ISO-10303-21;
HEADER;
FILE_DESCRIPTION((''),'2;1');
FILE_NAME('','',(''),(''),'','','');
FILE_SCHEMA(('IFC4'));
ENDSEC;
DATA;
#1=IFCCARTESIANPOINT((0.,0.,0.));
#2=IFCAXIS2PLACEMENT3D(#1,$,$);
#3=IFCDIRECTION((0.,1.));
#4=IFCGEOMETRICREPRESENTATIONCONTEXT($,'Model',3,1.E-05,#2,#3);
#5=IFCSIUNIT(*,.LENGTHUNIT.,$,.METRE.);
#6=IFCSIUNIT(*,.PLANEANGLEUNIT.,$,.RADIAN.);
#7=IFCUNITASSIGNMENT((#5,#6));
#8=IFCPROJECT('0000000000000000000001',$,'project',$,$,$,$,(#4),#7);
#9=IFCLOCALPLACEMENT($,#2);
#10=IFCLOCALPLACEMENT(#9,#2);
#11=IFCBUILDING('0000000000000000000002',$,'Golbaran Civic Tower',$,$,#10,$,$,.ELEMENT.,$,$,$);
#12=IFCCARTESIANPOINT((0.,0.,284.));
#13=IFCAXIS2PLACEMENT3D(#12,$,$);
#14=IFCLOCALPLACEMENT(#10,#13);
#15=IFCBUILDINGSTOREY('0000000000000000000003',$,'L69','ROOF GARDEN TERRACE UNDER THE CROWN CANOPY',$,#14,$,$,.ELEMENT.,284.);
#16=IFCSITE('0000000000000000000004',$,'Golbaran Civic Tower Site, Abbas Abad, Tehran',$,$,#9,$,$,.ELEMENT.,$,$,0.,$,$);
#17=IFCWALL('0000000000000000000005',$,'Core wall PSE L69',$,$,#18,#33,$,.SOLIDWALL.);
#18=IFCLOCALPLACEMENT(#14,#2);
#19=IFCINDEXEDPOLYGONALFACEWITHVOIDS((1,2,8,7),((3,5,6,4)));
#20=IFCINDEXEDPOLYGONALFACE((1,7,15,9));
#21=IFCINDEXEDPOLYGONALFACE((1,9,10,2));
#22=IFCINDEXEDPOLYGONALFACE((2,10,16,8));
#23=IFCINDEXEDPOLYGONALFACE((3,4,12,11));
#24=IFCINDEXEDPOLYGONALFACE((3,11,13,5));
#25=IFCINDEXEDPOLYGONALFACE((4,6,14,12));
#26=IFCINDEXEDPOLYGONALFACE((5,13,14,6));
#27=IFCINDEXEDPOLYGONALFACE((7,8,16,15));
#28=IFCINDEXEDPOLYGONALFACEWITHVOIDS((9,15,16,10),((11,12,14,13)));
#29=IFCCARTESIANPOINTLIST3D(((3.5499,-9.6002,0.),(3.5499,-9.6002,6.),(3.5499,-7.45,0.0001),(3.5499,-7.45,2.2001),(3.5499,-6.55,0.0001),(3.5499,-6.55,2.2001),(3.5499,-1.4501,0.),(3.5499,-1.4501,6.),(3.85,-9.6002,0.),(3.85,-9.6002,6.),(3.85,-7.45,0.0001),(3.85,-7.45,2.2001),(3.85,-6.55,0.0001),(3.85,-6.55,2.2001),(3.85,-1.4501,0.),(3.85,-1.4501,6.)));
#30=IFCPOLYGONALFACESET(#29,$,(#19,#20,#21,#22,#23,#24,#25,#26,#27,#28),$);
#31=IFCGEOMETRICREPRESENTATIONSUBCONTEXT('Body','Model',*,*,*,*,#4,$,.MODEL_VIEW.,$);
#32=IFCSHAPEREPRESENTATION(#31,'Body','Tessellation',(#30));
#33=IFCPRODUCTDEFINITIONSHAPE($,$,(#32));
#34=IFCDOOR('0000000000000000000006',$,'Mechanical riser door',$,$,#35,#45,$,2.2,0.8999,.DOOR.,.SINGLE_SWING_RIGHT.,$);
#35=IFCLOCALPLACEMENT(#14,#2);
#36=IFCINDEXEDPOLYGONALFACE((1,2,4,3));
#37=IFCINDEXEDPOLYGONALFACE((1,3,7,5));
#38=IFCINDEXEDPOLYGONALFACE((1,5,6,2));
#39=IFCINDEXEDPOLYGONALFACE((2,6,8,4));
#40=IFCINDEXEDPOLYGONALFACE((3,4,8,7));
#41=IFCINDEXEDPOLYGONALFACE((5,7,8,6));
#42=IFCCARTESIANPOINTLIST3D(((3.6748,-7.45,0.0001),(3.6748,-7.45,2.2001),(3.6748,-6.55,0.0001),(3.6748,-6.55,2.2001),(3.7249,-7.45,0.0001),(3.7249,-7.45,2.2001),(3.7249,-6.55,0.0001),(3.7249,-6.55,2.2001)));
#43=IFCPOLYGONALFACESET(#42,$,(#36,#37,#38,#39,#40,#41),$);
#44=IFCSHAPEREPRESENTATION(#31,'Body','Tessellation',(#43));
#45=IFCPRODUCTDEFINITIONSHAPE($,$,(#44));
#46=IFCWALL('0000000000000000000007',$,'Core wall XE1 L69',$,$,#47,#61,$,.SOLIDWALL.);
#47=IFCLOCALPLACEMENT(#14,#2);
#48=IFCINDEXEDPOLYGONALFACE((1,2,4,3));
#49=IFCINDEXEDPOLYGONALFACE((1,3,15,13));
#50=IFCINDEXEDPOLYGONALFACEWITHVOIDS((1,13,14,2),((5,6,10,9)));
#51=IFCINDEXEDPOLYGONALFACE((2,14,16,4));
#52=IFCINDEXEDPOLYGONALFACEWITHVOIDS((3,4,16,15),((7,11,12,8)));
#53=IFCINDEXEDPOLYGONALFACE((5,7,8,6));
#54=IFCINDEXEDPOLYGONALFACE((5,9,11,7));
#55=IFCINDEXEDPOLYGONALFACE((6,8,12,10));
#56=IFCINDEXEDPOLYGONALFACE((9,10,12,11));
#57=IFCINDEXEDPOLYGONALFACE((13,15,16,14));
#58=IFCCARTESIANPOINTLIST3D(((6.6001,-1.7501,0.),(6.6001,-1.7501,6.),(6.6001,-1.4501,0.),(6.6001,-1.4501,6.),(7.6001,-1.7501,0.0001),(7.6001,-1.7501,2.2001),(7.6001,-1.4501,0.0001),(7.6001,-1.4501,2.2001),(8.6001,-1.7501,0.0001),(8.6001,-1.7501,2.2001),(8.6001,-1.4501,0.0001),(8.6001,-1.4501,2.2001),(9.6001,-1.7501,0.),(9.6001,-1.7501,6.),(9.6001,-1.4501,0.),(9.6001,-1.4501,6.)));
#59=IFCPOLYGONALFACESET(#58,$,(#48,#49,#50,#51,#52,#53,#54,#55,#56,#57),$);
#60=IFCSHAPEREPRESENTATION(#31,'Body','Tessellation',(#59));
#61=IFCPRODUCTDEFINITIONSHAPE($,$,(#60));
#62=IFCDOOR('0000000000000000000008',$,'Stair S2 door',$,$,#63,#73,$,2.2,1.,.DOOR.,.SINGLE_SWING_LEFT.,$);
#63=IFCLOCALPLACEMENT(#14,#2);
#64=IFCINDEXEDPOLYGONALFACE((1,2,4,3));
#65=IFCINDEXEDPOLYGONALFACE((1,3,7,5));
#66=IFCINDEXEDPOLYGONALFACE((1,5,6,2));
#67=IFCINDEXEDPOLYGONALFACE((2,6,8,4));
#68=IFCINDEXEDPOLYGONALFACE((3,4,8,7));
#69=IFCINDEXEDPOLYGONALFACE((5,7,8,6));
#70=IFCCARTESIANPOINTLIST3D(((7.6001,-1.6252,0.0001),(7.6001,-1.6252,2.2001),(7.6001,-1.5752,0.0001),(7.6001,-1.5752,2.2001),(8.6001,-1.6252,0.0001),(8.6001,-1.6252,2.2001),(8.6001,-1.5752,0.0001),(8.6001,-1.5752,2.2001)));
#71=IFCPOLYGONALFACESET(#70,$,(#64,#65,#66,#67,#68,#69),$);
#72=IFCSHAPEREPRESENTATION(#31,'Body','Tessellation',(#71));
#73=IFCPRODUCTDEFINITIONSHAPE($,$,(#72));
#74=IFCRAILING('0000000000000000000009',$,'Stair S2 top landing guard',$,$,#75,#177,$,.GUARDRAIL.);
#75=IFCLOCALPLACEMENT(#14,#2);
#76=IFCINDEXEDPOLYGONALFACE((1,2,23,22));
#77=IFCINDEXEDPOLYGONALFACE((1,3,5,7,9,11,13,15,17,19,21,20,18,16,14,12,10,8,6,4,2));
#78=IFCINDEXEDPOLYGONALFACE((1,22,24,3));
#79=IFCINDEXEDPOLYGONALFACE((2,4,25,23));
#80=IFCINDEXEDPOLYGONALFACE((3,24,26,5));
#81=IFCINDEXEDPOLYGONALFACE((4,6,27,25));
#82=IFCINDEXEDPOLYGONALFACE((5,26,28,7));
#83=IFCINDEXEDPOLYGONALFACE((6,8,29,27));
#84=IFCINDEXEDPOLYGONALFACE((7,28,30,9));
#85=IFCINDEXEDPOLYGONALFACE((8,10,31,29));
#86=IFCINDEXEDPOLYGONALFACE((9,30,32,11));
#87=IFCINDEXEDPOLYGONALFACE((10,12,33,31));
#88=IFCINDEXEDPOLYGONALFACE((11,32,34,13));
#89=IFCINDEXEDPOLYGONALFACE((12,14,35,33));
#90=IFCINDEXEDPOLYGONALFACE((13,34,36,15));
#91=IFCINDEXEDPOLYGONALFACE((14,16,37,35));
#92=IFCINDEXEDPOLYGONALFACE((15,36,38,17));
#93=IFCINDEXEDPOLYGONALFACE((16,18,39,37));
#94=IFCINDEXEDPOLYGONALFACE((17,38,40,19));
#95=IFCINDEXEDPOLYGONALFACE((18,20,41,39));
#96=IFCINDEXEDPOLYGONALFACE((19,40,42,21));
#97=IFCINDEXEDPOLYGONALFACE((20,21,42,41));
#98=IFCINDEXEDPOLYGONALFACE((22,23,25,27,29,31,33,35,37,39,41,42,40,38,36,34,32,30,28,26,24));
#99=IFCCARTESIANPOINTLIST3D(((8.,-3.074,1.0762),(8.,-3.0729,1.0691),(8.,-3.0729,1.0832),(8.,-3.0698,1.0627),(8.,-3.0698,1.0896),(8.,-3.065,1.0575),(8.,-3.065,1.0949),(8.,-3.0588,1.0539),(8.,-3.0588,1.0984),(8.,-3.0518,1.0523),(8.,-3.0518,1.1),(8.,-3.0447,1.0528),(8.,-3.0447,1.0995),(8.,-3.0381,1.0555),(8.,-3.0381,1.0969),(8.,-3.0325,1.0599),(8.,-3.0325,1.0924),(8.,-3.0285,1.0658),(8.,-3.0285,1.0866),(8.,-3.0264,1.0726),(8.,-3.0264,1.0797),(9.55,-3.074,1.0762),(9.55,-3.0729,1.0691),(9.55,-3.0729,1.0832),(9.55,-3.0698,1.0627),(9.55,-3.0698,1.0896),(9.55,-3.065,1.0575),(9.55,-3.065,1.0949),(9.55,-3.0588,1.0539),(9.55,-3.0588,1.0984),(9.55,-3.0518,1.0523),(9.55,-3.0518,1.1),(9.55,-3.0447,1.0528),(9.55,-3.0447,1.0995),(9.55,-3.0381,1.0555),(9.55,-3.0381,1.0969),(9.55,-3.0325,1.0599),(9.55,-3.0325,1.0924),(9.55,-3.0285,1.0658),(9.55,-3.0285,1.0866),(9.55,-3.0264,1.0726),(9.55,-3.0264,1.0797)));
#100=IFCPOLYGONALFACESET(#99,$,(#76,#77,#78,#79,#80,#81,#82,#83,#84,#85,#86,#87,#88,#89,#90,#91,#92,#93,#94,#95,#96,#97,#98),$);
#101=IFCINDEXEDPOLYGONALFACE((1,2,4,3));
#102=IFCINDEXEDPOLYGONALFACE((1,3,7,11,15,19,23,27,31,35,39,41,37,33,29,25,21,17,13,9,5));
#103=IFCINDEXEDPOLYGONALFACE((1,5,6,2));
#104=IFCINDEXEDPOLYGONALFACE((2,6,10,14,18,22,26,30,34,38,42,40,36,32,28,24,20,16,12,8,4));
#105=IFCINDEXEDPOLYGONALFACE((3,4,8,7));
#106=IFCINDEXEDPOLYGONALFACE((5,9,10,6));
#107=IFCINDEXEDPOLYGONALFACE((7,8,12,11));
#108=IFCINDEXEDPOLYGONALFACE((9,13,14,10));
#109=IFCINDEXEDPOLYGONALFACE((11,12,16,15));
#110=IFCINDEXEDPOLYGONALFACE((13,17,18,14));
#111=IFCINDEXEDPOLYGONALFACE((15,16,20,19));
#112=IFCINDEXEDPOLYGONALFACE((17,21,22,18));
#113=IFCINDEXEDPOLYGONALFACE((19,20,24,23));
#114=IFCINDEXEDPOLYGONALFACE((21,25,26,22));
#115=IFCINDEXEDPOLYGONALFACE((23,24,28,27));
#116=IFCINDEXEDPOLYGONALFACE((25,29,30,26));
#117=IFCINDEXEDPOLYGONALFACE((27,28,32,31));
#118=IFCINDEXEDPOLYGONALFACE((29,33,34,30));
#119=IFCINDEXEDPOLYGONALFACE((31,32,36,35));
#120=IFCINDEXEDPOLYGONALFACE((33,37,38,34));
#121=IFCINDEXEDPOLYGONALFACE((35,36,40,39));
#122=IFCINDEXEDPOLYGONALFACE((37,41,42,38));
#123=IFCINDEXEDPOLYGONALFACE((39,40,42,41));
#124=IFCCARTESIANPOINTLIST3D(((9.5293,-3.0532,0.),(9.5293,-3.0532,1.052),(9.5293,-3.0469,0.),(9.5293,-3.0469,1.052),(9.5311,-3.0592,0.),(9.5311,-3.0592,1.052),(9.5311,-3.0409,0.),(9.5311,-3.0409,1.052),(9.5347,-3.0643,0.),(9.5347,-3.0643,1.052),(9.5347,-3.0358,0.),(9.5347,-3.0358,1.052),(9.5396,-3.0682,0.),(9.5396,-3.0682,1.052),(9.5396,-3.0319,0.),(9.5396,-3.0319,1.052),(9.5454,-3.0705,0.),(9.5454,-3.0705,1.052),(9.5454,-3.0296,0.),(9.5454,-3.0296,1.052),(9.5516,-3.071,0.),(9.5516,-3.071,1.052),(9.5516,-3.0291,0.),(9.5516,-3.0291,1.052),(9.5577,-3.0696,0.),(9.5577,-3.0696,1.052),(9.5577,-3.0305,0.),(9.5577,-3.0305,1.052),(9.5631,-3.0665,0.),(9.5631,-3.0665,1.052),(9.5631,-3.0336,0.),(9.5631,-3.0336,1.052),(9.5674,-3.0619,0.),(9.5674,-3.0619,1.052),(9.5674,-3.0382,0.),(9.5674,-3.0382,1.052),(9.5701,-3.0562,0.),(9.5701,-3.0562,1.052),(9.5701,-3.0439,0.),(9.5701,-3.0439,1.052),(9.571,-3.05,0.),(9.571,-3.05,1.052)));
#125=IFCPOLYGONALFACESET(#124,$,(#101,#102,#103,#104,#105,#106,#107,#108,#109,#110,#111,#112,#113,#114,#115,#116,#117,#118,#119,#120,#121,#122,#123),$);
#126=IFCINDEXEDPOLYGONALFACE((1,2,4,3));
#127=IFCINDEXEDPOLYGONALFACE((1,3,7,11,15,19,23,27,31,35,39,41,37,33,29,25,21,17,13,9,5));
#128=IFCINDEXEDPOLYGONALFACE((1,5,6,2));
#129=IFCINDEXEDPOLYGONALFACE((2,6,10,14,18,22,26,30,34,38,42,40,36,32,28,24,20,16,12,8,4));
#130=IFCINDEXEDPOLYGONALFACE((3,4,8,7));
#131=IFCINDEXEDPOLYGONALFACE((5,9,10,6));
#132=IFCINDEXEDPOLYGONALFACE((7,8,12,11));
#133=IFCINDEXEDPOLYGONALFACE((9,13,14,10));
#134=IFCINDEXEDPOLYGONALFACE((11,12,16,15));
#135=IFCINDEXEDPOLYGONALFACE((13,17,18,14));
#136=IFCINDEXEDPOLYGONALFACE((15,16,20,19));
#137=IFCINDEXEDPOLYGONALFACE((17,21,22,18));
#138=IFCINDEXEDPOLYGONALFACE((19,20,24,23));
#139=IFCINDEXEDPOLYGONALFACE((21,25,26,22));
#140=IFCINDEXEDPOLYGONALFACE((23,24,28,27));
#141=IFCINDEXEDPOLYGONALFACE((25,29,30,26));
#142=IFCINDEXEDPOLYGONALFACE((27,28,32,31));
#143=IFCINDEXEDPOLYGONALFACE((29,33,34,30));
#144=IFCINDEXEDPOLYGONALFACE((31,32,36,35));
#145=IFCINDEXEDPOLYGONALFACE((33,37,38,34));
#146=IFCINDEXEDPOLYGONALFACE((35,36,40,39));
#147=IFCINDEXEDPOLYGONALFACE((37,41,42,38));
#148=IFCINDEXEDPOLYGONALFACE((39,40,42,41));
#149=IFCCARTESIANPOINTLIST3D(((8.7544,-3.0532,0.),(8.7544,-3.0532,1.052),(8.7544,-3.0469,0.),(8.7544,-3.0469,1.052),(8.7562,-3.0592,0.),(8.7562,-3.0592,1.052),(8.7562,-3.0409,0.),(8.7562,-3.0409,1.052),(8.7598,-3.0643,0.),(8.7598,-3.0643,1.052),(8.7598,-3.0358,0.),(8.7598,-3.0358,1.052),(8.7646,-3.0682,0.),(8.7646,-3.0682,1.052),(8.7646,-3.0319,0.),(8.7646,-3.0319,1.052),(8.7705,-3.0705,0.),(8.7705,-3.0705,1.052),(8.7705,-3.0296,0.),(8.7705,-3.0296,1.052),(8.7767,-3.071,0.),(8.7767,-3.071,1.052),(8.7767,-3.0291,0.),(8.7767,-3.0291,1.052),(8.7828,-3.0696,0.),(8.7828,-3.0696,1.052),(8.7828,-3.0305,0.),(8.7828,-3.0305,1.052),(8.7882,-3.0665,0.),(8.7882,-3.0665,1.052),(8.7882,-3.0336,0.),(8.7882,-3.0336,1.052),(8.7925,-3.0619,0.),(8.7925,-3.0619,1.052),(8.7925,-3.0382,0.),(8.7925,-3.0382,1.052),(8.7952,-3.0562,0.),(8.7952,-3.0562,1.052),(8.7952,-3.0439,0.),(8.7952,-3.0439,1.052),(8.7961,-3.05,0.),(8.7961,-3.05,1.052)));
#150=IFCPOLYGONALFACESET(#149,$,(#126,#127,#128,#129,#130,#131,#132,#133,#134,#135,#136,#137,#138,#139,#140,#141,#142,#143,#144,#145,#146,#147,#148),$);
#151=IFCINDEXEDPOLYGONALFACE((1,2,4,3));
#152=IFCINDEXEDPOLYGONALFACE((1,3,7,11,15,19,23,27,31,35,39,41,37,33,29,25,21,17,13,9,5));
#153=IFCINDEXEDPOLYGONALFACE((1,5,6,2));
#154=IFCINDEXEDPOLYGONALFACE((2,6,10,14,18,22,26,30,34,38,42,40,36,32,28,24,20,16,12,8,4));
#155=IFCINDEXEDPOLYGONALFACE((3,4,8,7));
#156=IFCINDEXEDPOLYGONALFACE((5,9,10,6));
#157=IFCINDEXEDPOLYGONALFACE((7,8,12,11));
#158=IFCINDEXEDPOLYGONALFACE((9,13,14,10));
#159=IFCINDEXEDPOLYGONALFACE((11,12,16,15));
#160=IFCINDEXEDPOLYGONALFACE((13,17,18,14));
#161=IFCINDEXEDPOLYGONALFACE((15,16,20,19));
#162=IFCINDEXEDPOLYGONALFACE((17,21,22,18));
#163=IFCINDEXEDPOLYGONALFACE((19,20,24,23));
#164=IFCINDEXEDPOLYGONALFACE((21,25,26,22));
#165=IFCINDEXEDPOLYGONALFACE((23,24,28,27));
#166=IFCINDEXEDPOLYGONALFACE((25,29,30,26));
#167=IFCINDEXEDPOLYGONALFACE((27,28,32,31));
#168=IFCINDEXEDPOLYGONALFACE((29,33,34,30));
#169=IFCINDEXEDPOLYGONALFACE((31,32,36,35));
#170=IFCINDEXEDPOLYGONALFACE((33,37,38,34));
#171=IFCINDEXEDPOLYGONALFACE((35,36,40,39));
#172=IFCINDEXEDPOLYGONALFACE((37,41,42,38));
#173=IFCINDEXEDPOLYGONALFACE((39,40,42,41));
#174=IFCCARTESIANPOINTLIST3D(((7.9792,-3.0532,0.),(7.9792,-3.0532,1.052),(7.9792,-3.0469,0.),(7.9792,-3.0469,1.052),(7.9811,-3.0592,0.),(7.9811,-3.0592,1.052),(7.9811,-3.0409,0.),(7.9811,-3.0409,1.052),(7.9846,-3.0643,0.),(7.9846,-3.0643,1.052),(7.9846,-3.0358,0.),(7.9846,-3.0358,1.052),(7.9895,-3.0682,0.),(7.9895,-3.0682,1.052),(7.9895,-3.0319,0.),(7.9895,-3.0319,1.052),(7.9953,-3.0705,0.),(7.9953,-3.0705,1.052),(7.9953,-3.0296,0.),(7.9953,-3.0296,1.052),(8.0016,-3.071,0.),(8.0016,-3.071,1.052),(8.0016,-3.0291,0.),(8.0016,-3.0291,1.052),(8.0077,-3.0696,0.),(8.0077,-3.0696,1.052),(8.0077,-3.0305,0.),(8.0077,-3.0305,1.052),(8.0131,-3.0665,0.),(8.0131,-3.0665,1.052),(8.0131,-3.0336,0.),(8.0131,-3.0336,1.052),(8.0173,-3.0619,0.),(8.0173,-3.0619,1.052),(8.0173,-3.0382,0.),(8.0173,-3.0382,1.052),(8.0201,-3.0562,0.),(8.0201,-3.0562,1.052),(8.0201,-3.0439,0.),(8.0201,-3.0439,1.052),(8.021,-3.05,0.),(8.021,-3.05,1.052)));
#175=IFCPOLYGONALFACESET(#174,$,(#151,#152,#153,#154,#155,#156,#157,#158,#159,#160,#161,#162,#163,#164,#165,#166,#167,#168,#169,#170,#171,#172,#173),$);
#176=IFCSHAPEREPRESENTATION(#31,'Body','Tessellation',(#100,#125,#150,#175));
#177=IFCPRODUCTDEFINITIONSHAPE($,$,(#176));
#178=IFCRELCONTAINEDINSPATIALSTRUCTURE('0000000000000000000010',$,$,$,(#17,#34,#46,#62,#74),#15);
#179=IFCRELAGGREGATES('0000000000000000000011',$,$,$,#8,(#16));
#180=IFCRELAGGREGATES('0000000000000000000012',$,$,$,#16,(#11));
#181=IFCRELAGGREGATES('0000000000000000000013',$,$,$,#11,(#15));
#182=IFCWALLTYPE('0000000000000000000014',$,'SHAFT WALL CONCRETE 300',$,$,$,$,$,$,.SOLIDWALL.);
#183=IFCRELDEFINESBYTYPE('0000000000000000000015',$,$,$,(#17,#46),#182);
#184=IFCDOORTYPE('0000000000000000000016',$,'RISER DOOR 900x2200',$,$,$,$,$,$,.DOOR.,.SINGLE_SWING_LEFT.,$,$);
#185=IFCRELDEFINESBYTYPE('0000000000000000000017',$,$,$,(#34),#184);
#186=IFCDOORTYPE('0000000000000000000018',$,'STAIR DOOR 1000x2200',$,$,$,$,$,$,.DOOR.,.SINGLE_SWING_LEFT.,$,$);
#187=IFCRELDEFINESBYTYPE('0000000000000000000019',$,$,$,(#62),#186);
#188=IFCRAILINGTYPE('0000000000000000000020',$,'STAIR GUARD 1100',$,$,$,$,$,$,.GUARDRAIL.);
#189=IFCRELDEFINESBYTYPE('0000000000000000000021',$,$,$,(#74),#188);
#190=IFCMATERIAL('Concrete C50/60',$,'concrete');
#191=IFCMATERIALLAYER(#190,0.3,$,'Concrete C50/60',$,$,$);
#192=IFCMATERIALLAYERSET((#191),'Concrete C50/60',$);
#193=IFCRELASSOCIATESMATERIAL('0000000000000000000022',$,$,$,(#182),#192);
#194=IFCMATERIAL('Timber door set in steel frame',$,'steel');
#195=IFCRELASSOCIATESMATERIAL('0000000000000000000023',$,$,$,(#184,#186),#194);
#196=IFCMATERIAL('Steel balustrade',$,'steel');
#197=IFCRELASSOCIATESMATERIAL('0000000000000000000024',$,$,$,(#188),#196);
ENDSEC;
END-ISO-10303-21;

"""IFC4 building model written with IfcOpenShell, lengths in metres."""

from ifc_helpers import new_model, si_unit, direction, frame, frame_2d, origin, origin_2d, place, context, subcontext, project, spatial, rectangle, circle, extrude, material, layer, layer_set, type_object, element, fill, save


model = new_model("IFC4")

# Units and contexts
model_context = context("Model", 3, precision=1e-05, world=origin(), true_north=direction((0.0, 1.0)))
body_context = subcontext(model_context, "Body", "Model", "MODEL_VIEW")
ifc_project = project(units=[si_unit("LENGTHUNIT", "METRE"), si_unit("PLANEANGLEUNIT", "RADIAN")], contexts=[model_context])

# Site, building, storey
site_placement = place(None, origin())
site = spatial("IfcSite", under=ifc_project, at=site_placement, Name="Golbaran Civic Tower Site, Abbas Abad, Tehran", CompositionType="ELEMENT", RefElevation=0.0)
building_placement = place(site_placement, origin())
building = spatial("IfcBuilding", under=site, at=building_placement, Name="Golbaran Civic Tower", CompositionType="ELEMENT")
storey_placement = place(building_placement, frame((0.0, 0.0, 284.0)))
storey = spatial("IfcBuildingStorey", under=building, at=storey_placement, Name="L69", Description="ROOF GARDEN TERRACE UNDER THE CROWN CANOPY", CompositionType="ELEMENT", Elevation=284.0)

# Shared definitions
ifc_material_1 = material(Name="Concrete C50/60", Category="concrete")
ifc_material_2 = material(Name="Timber door set in steel frame", Category="steel")

# Shared definitions
ifc_layer_1 = layer(ifc_material_1, 0.3, Name="Concrete C50/60")
ifc_layer_set_1 = layer_set([ifc_layer_1], Name="Concrete C50/60")
wall_type_1 = type_object("IfcWallType", Name="SHAFT WALL CONCRETE 300", PredefinedType="SOLIDWALL", material=ifc_layer_set_1)

# Shared definitions
door_type_1 = type_object("IfcDoorType", Name="RISER DOOR 900x2200", OperationType="SINGLE_SWING_LEFT", PredefinedType="DOOR", material=ifc_material_2)
door_type_2 = type_object("IfcDoorType", Name="STAIR DOOR 1000x2200", OperationType="SINGLE_SWING_LEFT", PredefinedType="DOOR", material=ifc_material_2)

# Walls, openings, doors
wall_1_placement = place(storey_placement, frame((3.7, -1.45, 0.0), z_axis=(0.0, 0.0, 1.0), x_axis=(0.0, -1.0, 0.0)))
wall_1 = element("IfcWall", 1, at=wall_1_placement, inside=storey, type_object=wall_type_1, Name="Core wall PSE L69", PredefinedType="SOLIDWALL", context=body_context, shape_type="SweptSolid", body=[
    extrude(rectangle(XDim=8.1501, YDim=0.3, at=frame_2d((4.0752, 0.0))), origin(), (0.0, 0.0, 1.0), 6.0),
])
opening_1_placement = place(wall_1_placement, frame((5.1001, 0.0, 0.0)))
opening_1 = element("IfcOpeningElement", 2, at=opening_1_placement, cuts=wall_1, PredefinedType="OPENING", context=body_context, shape_type="SweptSolid", body=[
    extrude(rectangle(XDim=0.8999, YDim=2.2, at=frame_2d((0.45, 1.1001))), frame((0.0, 0.1599, 0.0), z_axis=(0.0, -1.0, 0.0), x_axis=(1.0, 0.0, 0.0)), (0.0, 0.0, 1.0), 0.3201),
])
door_1_placement = place(opening_1_placement, origin())
door_1 = element("IfcDoor", 3, at=door_1_placement, inside=storey, type_object=door_type_1, Name="Mechanical riser door", OperationType="SINGLE_SWING_RIGHT", OverallHeight=2.2, OverallWidth=0.8999, PredefinedType="DOOR", context=body_context, shape_type="SweptSolid", body=[
    extrude(rectangle(XDim=0.8999, YDim=2.2, at=frame_2d((0.45, 1.1001))), frame((0.0, 0.0249, 0.0), z_axis=(0.0, -1.0, 0.0), x_axis=(1.0, 0.0, 0.0)), (0.0, 0.0, 1.0), 0.05),
])
fill(opening_1, door_1)
wall_2_placement = place(storey_placement, frame((6.6001, -1.6001, 0.0), z_axis=(0.0, 0.0, 1.0), x_axis=(1.0, 0.0, 0.0)))
wall_2 = element("IfcWall", 4, at=wall_2_placement, inside=storey, type_object=wall_type_1, Name="Core wall XE1 L69", PredefinedType="SOLIDWALL", context=body_context, shape_type="SweptSolid", body=[
    extrude(rectangle(XDim=3.0, YDim=0.3, at=frame_2d((1.5, 0.0))), origin(), (0.0, 0.0, 1.0), 6.0),
])
opening_2_placement = place(wall_2_placement, frame((1.0, 0.0, 0.0)))
opening_2 = element("IfcOpeningElement", 5, at=opening_2_placement, cuts=wall_2, PredefinedType="OPENING", context=body_context, shape_type="SweptSolid", body=[
    extrude(rectangle(XDim=1.0, YDim=2.2, at=frame_2d((0.5, 1.1001))), frame((0.0, 0.1599, 0.0), z_axis=(0.0, -1.0, 0.0), x_axis=(1.0, 0.0, 0.0)), (0.0, 0.0, 1.0), 0.3201),
])
door_2_placement = place(opening_2_placement, origin())
door_2 = element("IfcDoor", 6, at=door_2_placement, inside=storey, type_object=door_type_2, Name="Stair S2 door", OperationType="SINGLE_SWING_LEFT", OverallHeight=2.2, OverallWidth=1.0, PredefinedType="DOOR", context=body_context, shape_type="SweptSolid", body=[
    extrude(rectangle(XDim=1.0, YDim=2.2, at=frame_2d((0.5, 1.1001))), frame((0.0, 0.0249, 0.0), z_axis=(0.0, -1.0, 0.0), x_axis=(1.0, 0.0, 0.0)), (0.0, 0.0, 1.0), 0.05),
])
fill(opening_2, door_2)

# Railing
ifc_material_3 = material(Name="Steel balustrade", Category="steel")
railing_type = type_object("IfcRailingType", Name="STAIR GUARD 1100", PredefinedType="GUARDRAIL", material=ifc_material_3)
railing_placement = place(storey_placement, frame((9.55, -3.05, 0.0)))
element("IfcRailing", 7, at=railing_placement, inside=storey, type_object=railing_type, Name="Stair S2 top landing guard", PredefinedType="GUARDRAIL", context=body_context, shape_type="SweptSolid", body=[
    extrude(circle(Radius=0.0239, at=origin_2d()), frame((0.0, 0.0, 1.0762), z_axis=(-1.0, 0.0, 0.0), x_axis=(0.0, -1.0, 0.0)), (0.0, 0.0, 1.0), 1.55),
    extrude(circle(Radius=0.021, at=origin_2d()), origin(), (0.0, 0.0, 1.0), 1.052),
    extrude(circle(Radius=0.021, at=origin_2d()), frame((-0.7749, 0.0, 0.0)), (0.0, 0.0, 1.0), 1.052),
    extrude(circle(Radius=0.021, at=origin_2d()), frame((-1.55, 0.0, 0.0)), (0.0, 0.0, 1.0), 1.052),
])

save(model, "model.ifc")
